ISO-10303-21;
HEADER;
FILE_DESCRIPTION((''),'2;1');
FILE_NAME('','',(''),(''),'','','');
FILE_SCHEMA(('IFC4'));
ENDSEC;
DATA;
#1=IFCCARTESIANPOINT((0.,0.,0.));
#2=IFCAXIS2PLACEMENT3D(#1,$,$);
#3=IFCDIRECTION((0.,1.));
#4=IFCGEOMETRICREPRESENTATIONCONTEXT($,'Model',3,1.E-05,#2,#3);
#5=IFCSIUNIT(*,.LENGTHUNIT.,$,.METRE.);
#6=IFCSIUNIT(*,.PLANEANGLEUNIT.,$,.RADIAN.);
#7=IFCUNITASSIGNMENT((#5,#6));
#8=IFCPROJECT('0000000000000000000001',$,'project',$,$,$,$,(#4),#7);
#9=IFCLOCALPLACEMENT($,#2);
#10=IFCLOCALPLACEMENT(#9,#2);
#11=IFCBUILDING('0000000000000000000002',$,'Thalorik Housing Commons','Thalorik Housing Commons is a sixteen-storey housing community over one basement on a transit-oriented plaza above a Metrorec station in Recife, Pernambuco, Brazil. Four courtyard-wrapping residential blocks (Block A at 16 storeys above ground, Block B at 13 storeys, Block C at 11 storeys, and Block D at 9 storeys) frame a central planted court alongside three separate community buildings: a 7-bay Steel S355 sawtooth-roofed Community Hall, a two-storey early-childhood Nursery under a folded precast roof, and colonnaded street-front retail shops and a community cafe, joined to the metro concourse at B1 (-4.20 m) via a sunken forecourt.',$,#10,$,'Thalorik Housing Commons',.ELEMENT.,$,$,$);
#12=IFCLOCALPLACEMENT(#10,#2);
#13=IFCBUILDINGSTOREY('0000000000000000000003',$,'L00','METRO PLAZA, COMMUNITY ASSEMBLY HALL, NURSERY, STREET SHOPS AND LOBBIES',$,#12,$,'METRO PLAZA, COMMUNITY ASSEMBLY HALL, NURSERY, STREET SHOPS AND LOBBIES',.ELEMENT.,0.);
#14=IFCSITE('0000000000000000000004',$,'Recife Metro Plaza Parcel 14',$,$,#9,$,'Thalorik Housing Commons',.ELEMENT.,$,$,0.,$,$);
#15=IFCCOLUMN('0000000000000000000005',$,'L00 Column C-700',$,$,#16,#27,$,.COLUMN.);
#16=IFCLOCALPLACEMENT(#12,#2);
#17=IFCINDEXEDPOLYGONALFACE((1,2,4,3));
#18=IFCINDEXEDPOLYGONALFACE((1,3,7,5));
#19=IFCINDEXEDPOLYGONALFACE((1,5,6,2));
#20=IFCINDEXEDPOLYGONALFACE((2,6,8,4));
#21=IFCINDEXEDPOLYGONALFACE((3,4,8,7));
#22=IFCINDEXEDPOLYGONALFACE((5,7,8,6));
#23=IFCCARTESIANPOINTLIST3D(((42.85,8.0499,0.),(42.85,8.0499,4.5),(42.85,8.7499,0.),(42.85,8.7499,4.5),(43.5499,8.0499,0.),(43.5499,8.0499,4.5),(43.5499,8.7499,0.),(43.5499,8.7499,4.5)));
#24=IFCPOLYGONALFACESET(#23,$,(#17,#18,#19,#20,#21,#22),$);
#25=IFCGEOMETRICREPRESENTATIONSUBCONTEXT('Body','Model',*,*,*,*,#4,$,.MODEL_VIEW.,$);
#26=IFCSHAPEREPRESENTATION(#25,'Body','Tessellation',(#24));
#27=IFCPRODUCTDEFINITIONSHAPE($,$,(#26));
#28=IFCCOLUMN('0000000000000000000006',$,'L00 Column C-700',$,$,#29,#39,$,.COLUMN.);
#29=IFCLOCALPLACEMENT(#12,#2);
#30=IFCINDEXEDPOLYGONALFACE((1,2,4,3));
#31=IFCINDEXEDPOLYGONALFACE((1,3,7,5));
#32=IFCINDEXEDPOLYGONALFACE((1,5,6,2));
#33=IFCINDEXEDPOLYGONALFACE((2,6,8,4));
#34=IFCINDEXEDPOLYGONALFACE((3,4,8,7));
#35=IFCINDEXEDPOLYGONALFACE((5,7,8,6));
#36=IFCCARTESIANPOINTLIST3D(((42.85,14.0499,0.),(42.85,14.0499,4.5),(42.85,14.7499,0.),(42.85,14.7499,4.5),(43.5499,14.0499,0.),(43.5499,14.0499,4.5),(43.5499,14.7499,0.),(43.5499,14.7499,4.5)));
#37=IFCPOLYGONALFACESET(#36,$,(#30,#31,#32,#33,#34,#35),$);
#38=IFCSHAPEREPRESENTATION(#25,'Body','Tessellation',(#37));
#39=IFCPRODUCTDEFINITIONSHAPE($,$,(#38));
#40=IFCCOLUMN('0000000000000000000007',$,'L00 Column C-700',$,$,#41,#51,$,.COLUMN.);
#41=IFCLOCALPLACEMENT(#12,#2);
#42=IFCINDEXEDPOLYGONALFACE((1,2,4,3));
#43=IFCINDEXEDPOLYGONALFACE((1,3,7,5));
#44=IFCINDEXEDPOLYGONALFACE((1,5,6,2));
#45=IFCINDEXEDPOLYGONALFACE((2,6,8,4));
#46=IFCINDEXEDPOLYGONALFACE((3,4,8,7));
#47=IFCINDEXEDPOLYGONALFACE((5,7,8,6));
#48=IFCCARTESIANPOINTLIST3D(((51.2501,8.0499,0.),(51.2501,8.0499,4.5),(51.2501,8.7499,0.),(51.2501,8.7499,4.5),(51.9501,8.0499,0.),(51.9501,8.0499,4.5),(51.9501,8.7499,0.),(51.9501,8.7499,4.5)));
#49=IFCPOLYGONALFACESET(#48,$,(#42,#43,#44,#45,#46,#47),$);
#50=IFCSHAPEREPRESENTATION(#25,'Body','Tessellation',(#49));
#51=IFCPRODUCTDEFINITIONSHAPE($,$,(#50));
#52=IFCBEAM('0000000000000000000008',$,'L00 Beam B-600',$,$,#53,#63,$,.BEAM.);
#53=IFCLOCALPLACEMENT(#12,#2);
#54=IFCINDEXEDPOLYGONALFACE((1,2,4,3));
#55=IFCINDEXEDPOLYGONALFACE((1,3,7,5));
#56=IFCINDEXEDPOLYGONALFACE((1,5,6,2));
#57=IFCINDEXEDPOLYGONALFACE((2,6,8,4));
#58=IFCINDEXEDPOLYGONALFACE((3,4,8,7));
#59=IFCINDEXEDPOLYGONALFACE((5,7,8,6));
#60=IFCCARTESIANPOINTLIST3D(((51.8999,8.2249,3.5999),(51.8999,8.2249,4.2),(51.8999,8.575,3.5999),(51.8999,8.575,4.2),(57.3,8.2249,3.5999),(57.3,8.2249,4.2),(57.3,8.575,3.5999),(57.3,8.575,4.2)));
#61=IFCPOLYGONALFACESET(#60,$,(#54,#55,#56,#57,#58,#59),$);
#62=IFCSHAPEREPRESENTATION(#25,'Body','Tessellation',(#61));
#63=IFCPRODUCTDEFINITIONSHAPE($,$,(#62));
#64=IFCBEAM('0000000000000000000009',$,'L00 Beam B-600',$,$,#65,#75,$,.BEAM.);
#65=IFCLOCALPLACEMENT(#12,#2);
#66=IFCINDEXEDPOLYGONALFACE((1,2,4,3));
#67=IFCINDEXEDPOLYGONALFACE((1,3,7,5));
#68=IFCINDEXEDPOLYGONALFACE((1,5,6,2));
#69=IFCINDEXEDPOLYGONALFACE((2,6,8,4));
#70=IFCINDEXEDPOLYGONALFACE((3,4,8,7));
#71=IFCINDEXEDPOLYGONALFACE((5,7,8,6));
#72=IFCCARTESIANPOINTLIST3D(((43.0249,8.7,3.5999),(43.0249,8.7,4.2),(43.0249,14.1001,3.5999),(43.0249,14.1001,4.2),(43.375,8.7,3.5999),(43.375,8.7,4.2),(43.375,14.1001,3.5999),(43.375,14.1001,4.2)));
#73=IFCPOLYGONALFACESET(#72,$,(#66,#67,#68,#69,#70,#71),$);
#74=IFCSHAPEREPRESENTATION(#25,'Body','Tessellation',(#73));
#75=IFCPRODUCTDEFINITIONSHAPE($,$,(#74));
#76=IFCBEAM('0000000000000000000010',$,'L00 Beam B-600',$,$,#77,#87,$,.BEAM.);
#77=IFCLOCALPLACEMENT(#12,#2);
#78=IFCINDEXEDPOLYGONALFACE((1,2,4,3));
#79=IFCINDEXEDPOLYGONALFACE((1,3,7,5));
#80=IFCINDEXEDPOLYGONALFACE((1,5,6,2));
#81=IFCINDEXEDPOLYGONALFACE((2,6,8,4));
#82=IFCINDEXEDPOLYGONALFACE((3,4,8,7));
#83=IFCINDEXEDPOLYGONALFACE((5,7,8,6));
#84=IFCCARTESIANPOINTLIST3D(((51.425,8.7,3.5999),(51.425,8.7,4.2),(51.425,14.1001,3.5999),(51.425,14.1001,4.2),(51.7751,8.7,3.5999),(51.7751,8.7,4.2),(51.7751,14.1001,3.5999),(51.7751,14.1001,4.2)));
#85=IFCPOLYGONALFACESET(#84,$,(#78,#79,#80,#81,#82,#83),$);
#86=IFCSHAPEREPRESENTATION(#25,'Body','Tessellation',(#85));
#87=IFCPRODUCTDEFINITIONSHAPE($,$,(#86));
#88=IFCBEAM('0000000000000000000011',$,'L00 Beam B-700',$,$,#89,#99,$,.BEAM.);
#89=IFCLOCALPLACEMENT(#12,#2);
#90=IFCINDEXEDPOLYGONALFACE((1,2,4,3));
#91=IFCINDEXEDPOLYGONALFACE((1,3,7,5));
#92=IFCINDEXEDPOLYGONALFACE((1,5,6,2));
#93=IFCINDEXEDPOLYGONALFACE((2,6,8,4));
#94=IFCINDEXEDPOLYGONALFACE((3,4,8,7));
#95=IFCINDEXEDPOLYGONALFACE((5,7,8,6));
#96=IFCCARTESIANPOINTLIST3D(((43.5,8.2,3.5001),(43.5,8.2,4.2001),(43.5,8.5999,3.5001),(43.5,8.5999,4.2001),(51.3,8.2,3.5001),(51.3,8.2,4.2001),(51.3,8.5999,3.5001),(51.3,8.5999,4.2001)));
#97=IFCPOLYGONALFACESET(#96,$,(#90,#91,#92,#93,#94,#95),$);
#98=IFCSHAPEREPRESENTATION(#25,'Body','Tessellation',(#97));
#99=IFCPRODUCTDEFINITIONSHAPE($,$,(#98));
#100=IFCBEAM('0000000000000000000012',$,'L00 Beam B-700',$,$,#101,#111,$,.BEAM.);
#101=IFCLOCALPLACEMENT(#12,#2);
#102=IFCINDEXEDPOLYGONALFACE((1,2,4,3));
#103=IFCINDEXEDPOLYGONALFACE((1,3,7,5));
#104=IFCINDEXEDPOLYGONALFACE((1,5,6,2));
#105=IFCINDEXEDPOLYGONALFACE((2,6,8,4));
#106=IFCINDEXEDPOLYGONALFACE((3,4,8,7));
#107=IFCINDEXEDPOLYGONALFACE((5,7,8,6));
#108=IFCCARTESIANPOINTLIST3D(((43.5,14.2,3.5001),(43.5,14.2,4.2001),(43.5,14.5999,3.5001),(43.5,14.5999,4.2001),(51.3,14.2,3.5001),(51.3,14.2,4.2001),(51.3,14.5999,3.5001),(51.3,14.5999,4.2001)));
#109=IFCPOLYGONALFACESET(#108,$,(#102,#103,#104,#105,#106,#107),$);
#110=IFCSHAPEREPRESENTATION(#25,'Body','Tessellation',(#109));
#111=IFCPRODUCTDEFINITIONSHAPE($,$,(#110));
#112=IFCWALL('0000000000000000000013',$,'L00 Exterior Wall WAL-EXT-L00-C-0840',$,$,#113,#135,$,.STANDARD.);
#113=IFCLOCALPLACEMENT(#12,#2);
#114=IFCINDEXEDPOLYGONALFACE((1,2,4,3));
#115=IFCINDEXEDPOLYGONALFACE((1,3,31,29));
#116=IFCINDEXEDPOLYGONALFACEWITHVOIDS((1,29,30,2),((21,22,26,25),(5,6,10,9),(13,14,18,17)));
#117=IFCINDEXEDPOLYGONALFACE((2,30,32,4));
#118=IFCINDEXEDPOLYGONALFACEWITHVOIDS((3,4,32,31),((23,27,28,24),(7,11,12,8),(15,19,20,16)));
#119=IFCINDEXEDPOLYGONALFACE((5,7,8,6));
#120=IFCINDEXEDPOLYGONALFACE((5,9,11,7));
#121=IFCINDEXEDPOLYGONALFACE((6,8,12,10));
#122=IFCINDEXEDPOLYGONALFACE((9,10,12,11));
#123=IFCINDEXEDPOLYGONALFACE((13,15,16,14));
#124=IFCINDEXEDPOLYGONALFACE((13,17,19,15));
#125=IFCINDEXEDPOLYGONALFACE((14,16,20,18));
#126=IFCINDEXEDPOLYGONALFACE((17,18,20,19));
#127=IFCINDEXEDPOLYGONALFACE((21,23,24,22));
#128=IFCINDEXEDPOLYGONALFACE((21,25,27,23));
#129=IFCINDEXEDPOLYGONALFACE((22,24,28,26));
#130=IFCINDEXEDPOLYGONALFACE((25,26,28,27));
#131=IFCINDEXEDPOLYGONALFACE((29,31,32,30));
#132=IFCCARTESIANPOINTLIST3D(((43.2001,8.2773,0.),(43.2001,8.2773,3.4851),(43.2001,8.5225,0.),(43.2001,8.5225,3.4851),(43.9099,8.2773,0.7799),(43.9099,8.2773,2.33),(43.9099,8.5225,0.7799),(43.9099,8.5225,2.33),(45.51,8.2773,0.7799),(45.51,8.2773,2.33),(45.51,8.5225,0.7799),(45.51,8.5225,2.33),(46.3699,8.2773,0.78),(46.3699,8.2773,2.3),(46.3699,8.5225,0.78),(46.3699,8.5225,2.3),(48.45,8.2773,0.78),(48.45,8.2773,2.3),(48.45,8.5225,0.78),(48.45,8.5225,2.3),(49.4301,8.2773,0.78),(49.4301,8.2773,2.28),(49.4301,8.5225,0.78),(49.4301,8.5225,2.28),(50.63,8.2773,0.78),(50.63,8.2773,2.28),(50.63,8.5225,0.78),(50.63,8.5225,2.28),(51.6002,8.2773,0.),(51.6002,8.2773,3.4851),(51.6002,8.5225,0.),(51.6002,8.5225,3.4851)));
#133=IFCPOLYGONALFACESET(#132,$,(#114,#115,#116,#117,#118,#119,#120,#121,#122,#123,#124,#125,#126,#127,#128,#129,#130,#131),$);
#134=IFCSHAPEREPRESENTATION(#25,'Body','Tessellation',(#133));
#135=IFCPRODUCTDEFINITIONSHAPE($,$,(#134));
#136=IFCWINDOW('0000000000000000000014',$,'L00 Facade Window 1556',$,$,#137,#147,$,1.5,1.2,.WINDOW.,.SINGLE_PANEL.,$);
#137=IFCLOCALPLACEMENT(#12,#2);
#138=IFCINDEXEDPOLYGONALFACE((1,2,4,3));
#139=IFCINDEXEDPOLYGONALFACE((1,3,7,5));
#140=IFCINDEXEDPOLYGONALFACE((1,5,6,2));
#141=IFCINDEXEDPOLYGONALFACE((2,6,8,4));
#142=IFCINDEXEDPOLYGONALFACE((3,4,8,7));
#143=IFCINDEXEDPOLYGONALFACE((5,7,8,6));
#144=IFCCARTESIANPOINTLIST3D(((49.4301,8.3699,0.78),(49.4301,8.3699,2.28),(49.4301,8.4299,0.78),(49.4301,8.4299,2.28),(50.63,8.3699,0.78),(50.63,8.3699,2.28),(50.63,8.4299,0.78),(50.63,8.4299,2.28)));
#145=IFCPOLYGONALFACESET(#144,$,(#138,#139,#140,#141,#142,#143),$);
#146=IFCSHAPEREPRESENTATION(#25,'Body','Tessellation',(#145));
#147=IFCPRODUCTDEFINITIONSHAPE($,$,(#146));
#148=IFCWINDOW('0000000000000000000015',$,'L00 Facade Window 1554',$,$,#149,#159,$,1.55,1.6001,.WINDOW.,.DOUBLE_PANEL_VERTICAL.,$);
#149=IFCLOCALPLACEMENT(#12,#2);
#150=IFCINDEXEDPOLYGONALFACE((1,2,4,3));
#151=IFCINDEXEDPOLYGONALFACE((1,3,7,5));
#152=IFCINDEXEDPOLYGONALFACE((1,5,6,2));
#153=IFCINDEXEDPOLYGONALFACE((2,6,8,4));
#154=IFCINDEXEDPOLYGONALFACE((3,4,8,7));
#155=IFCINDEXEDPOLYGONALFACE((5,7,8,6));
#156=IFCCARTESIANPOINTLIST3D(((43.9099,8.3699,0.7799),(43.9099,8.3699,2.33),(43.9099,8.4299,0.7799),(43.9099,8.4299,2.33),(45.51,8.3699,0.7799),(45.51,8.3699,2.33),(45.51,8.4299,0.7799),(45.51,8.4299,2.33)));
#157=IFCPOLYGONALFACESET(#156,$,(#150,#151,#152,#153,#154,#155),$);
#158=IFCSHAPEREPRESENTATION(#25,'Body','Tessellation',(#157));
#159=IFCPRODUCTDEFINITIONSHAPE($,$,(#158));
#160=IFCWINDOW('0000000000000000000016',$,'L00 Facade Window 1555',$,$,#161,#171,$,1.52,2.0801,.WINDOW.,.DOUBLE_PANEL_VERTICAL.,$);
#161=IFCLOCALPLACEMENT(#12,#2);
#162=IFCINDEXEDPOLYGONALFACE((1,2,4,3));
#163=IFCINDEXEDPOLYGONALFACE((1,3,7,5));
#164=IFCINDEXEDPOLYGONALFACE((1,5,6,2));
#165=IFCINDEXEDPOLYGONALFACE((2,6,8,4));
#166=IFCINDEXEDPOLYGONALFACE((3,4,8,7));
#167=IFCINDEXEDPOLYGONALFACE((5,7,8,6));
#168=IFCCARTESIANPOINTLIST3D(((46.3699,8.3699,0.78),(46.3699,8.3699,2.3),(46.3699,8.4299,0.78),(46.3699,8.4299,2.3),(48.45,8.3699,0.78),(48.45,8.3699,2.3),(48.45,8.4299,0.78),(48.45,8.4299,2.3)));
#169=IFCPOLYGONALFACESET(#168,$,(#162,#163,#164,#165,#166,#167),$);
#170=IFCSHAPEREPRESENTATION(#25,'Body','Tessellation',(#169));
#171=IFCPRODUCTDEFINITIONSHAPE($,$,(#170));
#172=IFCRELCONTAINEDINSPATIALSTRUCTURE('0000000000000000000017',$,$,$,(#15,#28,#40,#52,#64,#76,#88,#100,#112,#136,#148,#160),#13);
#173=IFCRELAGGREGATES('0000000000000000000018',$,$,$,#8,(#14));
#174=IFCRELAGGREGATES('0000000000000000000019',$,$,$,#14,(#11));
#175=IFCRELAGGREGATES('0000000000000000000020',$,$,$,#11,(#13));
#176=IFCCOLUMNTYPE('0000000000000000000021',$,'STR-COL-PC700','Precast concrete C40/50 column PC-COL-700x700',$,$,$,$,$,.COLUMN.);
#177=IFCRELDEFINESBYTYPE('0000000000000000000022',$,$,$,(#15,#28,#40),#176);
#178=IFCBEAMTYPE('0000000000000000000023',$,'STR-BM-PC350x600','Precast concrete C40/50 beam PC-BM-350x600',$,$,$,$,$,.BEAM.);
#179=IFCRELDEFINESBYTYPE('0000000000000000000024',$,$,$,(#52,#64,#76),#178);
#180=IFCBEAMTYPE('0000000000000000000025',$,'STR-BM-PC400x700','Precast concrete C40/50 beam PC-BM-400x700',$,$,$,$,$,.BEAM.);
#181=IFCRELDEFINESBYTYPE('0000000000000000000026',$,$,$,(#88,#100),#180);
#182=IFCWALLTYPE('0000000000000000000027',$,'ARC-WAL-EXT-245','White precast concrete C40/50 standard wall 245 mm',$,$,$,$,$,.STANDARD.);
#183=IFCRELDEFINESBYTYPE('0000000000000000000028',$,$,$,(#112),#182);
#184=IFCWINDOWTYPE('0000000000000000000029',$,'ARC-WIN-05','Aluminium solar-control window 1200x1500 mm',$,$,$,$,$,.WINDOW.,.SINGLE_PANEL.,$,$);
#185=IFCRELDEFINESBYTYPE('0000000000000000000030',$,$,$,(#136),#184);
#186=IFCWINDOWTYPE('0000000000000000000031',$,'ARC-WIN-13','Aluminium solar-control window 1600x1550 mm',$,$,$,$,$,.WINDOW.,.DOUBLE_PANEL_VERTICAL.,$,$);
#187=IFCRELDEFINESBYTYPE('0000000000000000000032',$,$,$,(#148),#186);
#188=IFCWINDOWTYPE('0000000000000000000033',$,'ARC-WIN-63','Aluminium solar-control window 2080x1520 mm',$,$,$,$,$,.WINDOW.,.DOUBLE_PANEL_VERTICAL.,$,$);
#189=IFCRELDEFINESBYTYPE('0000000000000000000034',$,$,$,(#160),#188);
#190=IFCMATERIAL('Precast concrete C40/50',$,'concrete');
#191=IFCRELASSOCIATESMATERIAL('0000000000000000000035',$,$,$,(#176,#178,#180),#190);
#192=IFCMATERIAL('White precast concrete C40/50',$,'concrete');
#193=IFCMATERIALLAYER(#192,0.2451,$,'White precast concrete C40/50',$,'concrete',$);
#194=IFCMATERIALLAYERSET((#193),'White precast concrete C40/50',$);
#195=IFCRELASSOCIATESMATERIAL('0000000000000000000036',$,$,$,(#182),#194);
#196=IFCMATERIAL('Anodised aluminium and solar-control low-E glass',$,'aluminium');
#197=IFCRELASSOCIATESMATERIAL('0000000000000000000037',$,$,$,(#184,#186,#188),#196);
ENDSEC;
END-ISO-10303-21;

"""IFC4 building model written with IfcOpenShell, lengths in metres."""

from ifc_helpers import new_model, si_unit, direction, frame, frame_2d, origin, origin_2d, place, context, subcontext, project, spatial, rectangle, extrude, material, layer, layer_set, material_profile, profile_set, type_object, element, fill, save


model = new_model("IFC4")

# Units and contexts
model_context = context("Model", 3, precision=1e-05, world=origin(), true_north=direction((0.0, 1.0)))
body_context = subcontext(model_context, "Body", "Model", "MODEL_VIEW")
ifc_project = project(units=[si_unit("LENGTHUNIT", "METRE"), si_unit("PLANEANGLEUNIT", "RADIAN")], contexts=[model_context])

# Site, building, storey
site_placement = place(None, origin())
site = spatial("IfcSite", under=ifc_project, at=site_placement, Name="Recife Metro Plaza Parcel 14", LongName="Thalorik Housing Commons", CompositionType="ELEMENT", RefElevation=0.0)
building_placement = place(site_placement, origin())
building = spatial("IfcBuilding", under=site, at=building_placement, Name="Thalorik Housing Commons", Description="Thalorik Housing Commons is a sixteen-storey housing community over one basement on a transit-oriented plaza above a Metrorec station in Recife, Pernambuco, Brazil. Four courtyard-wrapping residential blocks (Block A at 16 storeys above ground, Block B at 13 storeys, Block C at 11 storeys, and Block D at 9 storeys) frame a central planted court alongside three separate community buildings: a 7-bay Steel S355 sawtooth-roofed Community Hall, a two-storey early-childhood Nursery under a folded precast roof, and colonnaded street-front retail shops and a community cafe, joined to the metro concourse at B1 (-4.20 m) via a sunken forecourt.", LongName="Thalorik Housing Commons", CompositionType="ELEMENT")
storey_placement = place(building_placement, origin())
storey = spatial("IfcBuildingStorey", under=building, at=storey_placement, Name="L00", Description="METRO PLAZA, COMMUNITY ASSEMBLY HALL, NURSERY, STREET SHOPS AND LOBBIES", LongName="METRO PLAZA, COMMUNITY ASSEMBLY HALL, NURSERY, STREET SHOPS AND LOBBIES", CompositionType="ELEMENT", Elevation=0.0)

# Columns
ifc_material_1 = material(Name="Precast concrete C40/50", Category="concrete")
ifc_material_profile_1 = material_profile(ifc_material_1, rectangle(XDim=0.7, YDim=0.7, at=origin_2d()), Name="PC 700x700", Category="concrete")
ifc_profile_set_1 = profile_set([ifc_material_profile_1], Name="Precast concrete C40/50")
column_type = type_object("IfcColumnType", Name="STR-COL-PC700", Description="Precast concrete C40/50 column PC-COL-700x700", PredefinedType="COLUMN", material=ifc_profile_set_1)
for number, where, z_axis, x_axis, name in (
    (1, (43.2, 8.3999, 0.0), (0.0, 0.0, 1.0), (1.0, 0.0, 0.0), "L00 Column C-700"),
    (2, (43.2, 14.3999, 0.0), (0.0, 0.0, 1.0), (1.0, 0.0, 0.0), "L00 Column C-700"),
    (3, (51.6001, 8.3999, 0.0), (0.0, 0.0, 1.0), (1.0, 0.0, 0.0), "L00 Column C-700"),
):
    element("IfcColumn", number, at=place(storey_placement, frame(where, z_axis=z_axis, x_axis=x_axis)), inside=storey, type_object=column_type, Name=name, PredefinedType="COLUMN", context=body_context, shape_type="SweptSolid", body=[
        extrude(rectangle(XDim=0.7, YDim=0.7, at=origin_2d()), origin(), (0.0, 0.0, 1.0), 4.5),
    ])

# Beams
ifc_material_profile_2 = material_profile(ifc_material_1, rectangle(XDim=0.3501, YDim=0.6001, at=origin_2d()), Name="PC 350x600", Category="concrete")
ifc_profile_set_2 = profile_set([ifc_material_profile_2], Name="Precast concrete C40/50")
beam_type_1 = type_object("IfcBeamType", Name="STR-BM-PC350x600", Description="Precast concrete C40/50 beam PC-BM-350x600", PredefinedType="BEAM", material=ifc_profile_set_2)
for number, where, z_axis, x_axis, name in (
    (4, (51.8999, 8.3999, 3.8999), (1.0, 0.0, 0.0), (0.0, 1.0, 0.0), "L00 Beam B-600"),
    (5, (43.2, 8.7, 3.8999), (0.0, 1.0, 0.0), (-1.0, 0.0, 0.0), "L00 Beam B-600"),
    (6, (51.6001, 8.7, 3.8999), (0.0, 1.0, 0.0), (-1.0, 0.0, 0.0), "L00 Beam B-600"),
):
    element("IfcBeam", number, at=place(storey_placement, frame(where, z_axis=z_axis, x_axis=x_axis)), inside=storey, type_object=beam_type_1, Name=name, PredefinedType="BEAM", context=body_context, shape_type="SweptSolid", body=[
        extrude(rectangle(XDim=0.3501, YDim=0.6001, at=origin_2d()), origin(), (0.0, 0.0, 1.0), 5.4001),
    ])
ifc_material_profile_3 = material_profile(ifc_material_1, rectangle(XDim=0.3999, YDim=0.7, at=origin_2d()), Name="PC 400x700", Category="concrete")
ifc_profile_set_3 = profile_set([ifc_material_profile_3], Name="Precast concrete C40/50")
beam_type_2 = type_object("IfcBeamType", Name="STR-BM-PC400x700", Description="Precast concrete C40/50 beam PC-BM-400x700", PredefinedType="BEAM", material=ifc_profile_set_3)
for number, where, z_axis, x_axis, name in (
    (7, (43.5, 8.3999, 3.8501), (1.0, 0.0, 0.0), (0.0, 1.0, 0.0), "L00 Beam B-700"),
    (8, (43.5, 14.3999, 3.8501), (1.0, 0.0, 0.0), (0.0, 1.0, 0.0), "L00 Beam B-700"),
):
    element("IfcBeam", number, at=place(storey_placement, frame(where, z_axis=z_axis, x_axis=x_axis)), inside=storey, type_object=beam_type_2, Name=name, PredefinedType="BEAM", context=body_context, shape_type="SweptSolid", body=[
        extrude(rectangle(XDim=0.3999, YDim=0.7, at=origin_2d()), origin(), (0.0, 0.0, 1.0), 7.8),
    ])

# Wall, openings, windows
ifc_material_2 = material(Name="White precast concrete C40/50", Category="concrete")
ifc_layer_1 = layer(ifc_material_2, 0.2451, Name="White precast concrete C40/50", Category="concrete")
ifc_layer_set_1 = layer_set([ifc_layer_1], Name="White precast concrete C40/50")
wall_type_1 = type_object("IfcWallType", Name="ARC-WAL-EXT-245", Description="White precast concrete C40/50 standard wall 245 mm", PredefinedType="STANDARD", material=ifc_layer_set_1)
wall_1_placement = place(storey_placement, frame((43.2, 8.3999, 0.0), z_axis=(0.0, 0.0, 1.0), x_axis=(1.0, 0.0, 0.0)))
wall_1 = element("IfcWall", 9, at=wall_1_placement, inside=storey, type_object=wall_type_1, Name="L00 Exterior Wall WAL-EXT-L00-C-0840", PredefinedType="STANDARD", context=body_context, shape_type="SweptSolid", body=[
    extrude(rectangle(XDim=8.4001, YDim=0.2451, at=frame_2d((4.2002, 0.0))), origin(), (0.0, 0.0, 1.0), 3.4851),
])
opening_1_placement = place(wall_1_placement, frame((0.71, 0.0, 0.78)))
opening_1 = element("IfcOpeningElement", 10, at=opening_1_placement, cuts=wall_1, PredefinedType="OPENING", context=body_context, shape_type="SweptSolid", body=[
    extrude(rectangle(XDim=1.6001, YDim=1.55, at=frame_2d((0.8, 0.7749))), frame((0.0, 0.1326, 0.0), z_axis=(0.0, -1.0, 0.0), x_axis=(1.0, 0.0, 0.0)), (0.0, 0.0, 1.0), 0.2651),
])
opening_2_placement = place(wall_1_placement, frame((3.1699, 0.0, 0.78)))
opening_2 = element("IfcOpeningElement", 11, at=opening_2_placement, cuts=wall_1, PredefinedType="OPENING", context=body_context, shape_type="SweptSolid", body=[
    extrude(rectangle(XDim=2.0801, YDim=1.52, at=frame_2d((1.04, 0.76))), frame((0.0, 0.1326, 0.0), z_axis=(0.0, -1.0, 0.0), x_axis=(1.0, 0.0, 0.0)), (0.0, 0.0, 1.0), 0.2651),
])
opening_3_placement = place(wall_1_placement, frame((6.23, 0.0, 0.78)))
opening_3 = element("IfcOpeningElement", 12, at=opening_3_placement, cuts=wall_1, PredefinedType="OPENING", context=body_context, shape_type="SweptSolid", body=[
    extrude(rectangle(XDim=1.2, YDim=1.5, at=frame_2d((0.6001, 0.75))), frame((0.0, 0.1326, 0.0), z_axis=(0.0, -1.0, 0.0), x_axis=(1.0, 0.0, 0.0)), (0.0, 0.0, 1.0), 0.2651),
])
ifc_material_3 = material(Name="Anodised aluminium and solar-control low-E glass", Category="aluminium")
window_type_1 = type_object("IfcWindowType", Name="ARC-WIN-05", Description="Aluminium solar-control window 1200x1500 mm", PartitioningType="SINGLE_PANEL", PredefinedType="WINDOW", material=ifc_material_3)
window_1_placement = place(opening_3_placement, origin())
window_1 = element("IfcWindow", 13, at=window_1_placement, inside=storey, type_object=window_type_1, Name="L00 Facade Window 1556", OverallHeight=1.5, OverallWidth=1.2, PartitioningType="SINGLE_PANEL", PredefinedType="WINDOW", context=body_context, shape_type="SweptSolid", body=[
    extrude(rectangle(XDim=1.2, YDim=1.5, at=frame_2d((0.6001, 0.75))), frame((0.0, 0.03, 0.0), z_axis=(0.0, -1.0, 0.0), x_axis=(1.0, 0.0, 0.0)), (0.0, 0.0, 1.0), 0.0601),
])
fill(opening_3, window_1)
window_type_2 = type_object("IfcWindowType", Name="ARC-WIN-13", Description="Aluminium solar-control window 1600x1550 mm", PartitioningType="DOUBLE_PANEL_VERTICAL", PredefinedType="WINDOW", material=ifc_material_3)
window_2_placement = place(opening_1_placement, origin())
window_2 = element("IfcWindow", 14, at=window_2_placement, inside=storey, type_object=window_type_2, Name="L00 Facade Window 1554", OverallHeight=1.55, OverallWidth=1.6001, PartitioningType="DOUBLE_PANEL_VERTICAL", PredefinedType="WINDOW", context=body_context, shape_type="SweptSolid", body=[
    extrude(rectangle(XDim=1.6001, YDim=1.55, at=frame_2d((0.8, 0.7749))), frame((0.0, 0.03, 0.0), z_axis=(0.0, -1.0, 0.0), x_axis=(1.0, 0.0, 0.0)), (0.0, 0.0, 1.0), 0.0601),
])
fill(opening_1, window_2)
window_type_3 = type_object("IfcWindowType", Name="ARC-WIN-63", Description="Aluminium solar-control window 2080x1520 mm", PartitioningType="DOUBLE_PANEL_VERTICAL", PredefinedType="WINDOW", material=ifc_material_3)
window_3_placement = place(opening_2_placement, origin())
window_3 = element("IfcWindow", 15, at=window_3_placement, inside=storey, type_object=window_type_3, Name="L00 Facade Window 1555", OverallHeight=1.52, OverallWidth=2.0801, PartitioningType="DOUBLE_PANEL_VERTICAL", PredefinedType="WINDOW", context=body_context, shape_type="SweptSolid", body=[
    extrude(rectangle(XDim=2.0801, YDim=1.52, at=frame_2d((1.04, 0.76))), frame((0.0, 0.03, 0.0), z_axis=(0.0, -1.0, 0.0), x_axis=(1.0, 0.0, 0.0)), (0.0, 0.0, 1.0), 0.0601),
])
fill(opening_2, window_3)

save(model, "model.ifc")
